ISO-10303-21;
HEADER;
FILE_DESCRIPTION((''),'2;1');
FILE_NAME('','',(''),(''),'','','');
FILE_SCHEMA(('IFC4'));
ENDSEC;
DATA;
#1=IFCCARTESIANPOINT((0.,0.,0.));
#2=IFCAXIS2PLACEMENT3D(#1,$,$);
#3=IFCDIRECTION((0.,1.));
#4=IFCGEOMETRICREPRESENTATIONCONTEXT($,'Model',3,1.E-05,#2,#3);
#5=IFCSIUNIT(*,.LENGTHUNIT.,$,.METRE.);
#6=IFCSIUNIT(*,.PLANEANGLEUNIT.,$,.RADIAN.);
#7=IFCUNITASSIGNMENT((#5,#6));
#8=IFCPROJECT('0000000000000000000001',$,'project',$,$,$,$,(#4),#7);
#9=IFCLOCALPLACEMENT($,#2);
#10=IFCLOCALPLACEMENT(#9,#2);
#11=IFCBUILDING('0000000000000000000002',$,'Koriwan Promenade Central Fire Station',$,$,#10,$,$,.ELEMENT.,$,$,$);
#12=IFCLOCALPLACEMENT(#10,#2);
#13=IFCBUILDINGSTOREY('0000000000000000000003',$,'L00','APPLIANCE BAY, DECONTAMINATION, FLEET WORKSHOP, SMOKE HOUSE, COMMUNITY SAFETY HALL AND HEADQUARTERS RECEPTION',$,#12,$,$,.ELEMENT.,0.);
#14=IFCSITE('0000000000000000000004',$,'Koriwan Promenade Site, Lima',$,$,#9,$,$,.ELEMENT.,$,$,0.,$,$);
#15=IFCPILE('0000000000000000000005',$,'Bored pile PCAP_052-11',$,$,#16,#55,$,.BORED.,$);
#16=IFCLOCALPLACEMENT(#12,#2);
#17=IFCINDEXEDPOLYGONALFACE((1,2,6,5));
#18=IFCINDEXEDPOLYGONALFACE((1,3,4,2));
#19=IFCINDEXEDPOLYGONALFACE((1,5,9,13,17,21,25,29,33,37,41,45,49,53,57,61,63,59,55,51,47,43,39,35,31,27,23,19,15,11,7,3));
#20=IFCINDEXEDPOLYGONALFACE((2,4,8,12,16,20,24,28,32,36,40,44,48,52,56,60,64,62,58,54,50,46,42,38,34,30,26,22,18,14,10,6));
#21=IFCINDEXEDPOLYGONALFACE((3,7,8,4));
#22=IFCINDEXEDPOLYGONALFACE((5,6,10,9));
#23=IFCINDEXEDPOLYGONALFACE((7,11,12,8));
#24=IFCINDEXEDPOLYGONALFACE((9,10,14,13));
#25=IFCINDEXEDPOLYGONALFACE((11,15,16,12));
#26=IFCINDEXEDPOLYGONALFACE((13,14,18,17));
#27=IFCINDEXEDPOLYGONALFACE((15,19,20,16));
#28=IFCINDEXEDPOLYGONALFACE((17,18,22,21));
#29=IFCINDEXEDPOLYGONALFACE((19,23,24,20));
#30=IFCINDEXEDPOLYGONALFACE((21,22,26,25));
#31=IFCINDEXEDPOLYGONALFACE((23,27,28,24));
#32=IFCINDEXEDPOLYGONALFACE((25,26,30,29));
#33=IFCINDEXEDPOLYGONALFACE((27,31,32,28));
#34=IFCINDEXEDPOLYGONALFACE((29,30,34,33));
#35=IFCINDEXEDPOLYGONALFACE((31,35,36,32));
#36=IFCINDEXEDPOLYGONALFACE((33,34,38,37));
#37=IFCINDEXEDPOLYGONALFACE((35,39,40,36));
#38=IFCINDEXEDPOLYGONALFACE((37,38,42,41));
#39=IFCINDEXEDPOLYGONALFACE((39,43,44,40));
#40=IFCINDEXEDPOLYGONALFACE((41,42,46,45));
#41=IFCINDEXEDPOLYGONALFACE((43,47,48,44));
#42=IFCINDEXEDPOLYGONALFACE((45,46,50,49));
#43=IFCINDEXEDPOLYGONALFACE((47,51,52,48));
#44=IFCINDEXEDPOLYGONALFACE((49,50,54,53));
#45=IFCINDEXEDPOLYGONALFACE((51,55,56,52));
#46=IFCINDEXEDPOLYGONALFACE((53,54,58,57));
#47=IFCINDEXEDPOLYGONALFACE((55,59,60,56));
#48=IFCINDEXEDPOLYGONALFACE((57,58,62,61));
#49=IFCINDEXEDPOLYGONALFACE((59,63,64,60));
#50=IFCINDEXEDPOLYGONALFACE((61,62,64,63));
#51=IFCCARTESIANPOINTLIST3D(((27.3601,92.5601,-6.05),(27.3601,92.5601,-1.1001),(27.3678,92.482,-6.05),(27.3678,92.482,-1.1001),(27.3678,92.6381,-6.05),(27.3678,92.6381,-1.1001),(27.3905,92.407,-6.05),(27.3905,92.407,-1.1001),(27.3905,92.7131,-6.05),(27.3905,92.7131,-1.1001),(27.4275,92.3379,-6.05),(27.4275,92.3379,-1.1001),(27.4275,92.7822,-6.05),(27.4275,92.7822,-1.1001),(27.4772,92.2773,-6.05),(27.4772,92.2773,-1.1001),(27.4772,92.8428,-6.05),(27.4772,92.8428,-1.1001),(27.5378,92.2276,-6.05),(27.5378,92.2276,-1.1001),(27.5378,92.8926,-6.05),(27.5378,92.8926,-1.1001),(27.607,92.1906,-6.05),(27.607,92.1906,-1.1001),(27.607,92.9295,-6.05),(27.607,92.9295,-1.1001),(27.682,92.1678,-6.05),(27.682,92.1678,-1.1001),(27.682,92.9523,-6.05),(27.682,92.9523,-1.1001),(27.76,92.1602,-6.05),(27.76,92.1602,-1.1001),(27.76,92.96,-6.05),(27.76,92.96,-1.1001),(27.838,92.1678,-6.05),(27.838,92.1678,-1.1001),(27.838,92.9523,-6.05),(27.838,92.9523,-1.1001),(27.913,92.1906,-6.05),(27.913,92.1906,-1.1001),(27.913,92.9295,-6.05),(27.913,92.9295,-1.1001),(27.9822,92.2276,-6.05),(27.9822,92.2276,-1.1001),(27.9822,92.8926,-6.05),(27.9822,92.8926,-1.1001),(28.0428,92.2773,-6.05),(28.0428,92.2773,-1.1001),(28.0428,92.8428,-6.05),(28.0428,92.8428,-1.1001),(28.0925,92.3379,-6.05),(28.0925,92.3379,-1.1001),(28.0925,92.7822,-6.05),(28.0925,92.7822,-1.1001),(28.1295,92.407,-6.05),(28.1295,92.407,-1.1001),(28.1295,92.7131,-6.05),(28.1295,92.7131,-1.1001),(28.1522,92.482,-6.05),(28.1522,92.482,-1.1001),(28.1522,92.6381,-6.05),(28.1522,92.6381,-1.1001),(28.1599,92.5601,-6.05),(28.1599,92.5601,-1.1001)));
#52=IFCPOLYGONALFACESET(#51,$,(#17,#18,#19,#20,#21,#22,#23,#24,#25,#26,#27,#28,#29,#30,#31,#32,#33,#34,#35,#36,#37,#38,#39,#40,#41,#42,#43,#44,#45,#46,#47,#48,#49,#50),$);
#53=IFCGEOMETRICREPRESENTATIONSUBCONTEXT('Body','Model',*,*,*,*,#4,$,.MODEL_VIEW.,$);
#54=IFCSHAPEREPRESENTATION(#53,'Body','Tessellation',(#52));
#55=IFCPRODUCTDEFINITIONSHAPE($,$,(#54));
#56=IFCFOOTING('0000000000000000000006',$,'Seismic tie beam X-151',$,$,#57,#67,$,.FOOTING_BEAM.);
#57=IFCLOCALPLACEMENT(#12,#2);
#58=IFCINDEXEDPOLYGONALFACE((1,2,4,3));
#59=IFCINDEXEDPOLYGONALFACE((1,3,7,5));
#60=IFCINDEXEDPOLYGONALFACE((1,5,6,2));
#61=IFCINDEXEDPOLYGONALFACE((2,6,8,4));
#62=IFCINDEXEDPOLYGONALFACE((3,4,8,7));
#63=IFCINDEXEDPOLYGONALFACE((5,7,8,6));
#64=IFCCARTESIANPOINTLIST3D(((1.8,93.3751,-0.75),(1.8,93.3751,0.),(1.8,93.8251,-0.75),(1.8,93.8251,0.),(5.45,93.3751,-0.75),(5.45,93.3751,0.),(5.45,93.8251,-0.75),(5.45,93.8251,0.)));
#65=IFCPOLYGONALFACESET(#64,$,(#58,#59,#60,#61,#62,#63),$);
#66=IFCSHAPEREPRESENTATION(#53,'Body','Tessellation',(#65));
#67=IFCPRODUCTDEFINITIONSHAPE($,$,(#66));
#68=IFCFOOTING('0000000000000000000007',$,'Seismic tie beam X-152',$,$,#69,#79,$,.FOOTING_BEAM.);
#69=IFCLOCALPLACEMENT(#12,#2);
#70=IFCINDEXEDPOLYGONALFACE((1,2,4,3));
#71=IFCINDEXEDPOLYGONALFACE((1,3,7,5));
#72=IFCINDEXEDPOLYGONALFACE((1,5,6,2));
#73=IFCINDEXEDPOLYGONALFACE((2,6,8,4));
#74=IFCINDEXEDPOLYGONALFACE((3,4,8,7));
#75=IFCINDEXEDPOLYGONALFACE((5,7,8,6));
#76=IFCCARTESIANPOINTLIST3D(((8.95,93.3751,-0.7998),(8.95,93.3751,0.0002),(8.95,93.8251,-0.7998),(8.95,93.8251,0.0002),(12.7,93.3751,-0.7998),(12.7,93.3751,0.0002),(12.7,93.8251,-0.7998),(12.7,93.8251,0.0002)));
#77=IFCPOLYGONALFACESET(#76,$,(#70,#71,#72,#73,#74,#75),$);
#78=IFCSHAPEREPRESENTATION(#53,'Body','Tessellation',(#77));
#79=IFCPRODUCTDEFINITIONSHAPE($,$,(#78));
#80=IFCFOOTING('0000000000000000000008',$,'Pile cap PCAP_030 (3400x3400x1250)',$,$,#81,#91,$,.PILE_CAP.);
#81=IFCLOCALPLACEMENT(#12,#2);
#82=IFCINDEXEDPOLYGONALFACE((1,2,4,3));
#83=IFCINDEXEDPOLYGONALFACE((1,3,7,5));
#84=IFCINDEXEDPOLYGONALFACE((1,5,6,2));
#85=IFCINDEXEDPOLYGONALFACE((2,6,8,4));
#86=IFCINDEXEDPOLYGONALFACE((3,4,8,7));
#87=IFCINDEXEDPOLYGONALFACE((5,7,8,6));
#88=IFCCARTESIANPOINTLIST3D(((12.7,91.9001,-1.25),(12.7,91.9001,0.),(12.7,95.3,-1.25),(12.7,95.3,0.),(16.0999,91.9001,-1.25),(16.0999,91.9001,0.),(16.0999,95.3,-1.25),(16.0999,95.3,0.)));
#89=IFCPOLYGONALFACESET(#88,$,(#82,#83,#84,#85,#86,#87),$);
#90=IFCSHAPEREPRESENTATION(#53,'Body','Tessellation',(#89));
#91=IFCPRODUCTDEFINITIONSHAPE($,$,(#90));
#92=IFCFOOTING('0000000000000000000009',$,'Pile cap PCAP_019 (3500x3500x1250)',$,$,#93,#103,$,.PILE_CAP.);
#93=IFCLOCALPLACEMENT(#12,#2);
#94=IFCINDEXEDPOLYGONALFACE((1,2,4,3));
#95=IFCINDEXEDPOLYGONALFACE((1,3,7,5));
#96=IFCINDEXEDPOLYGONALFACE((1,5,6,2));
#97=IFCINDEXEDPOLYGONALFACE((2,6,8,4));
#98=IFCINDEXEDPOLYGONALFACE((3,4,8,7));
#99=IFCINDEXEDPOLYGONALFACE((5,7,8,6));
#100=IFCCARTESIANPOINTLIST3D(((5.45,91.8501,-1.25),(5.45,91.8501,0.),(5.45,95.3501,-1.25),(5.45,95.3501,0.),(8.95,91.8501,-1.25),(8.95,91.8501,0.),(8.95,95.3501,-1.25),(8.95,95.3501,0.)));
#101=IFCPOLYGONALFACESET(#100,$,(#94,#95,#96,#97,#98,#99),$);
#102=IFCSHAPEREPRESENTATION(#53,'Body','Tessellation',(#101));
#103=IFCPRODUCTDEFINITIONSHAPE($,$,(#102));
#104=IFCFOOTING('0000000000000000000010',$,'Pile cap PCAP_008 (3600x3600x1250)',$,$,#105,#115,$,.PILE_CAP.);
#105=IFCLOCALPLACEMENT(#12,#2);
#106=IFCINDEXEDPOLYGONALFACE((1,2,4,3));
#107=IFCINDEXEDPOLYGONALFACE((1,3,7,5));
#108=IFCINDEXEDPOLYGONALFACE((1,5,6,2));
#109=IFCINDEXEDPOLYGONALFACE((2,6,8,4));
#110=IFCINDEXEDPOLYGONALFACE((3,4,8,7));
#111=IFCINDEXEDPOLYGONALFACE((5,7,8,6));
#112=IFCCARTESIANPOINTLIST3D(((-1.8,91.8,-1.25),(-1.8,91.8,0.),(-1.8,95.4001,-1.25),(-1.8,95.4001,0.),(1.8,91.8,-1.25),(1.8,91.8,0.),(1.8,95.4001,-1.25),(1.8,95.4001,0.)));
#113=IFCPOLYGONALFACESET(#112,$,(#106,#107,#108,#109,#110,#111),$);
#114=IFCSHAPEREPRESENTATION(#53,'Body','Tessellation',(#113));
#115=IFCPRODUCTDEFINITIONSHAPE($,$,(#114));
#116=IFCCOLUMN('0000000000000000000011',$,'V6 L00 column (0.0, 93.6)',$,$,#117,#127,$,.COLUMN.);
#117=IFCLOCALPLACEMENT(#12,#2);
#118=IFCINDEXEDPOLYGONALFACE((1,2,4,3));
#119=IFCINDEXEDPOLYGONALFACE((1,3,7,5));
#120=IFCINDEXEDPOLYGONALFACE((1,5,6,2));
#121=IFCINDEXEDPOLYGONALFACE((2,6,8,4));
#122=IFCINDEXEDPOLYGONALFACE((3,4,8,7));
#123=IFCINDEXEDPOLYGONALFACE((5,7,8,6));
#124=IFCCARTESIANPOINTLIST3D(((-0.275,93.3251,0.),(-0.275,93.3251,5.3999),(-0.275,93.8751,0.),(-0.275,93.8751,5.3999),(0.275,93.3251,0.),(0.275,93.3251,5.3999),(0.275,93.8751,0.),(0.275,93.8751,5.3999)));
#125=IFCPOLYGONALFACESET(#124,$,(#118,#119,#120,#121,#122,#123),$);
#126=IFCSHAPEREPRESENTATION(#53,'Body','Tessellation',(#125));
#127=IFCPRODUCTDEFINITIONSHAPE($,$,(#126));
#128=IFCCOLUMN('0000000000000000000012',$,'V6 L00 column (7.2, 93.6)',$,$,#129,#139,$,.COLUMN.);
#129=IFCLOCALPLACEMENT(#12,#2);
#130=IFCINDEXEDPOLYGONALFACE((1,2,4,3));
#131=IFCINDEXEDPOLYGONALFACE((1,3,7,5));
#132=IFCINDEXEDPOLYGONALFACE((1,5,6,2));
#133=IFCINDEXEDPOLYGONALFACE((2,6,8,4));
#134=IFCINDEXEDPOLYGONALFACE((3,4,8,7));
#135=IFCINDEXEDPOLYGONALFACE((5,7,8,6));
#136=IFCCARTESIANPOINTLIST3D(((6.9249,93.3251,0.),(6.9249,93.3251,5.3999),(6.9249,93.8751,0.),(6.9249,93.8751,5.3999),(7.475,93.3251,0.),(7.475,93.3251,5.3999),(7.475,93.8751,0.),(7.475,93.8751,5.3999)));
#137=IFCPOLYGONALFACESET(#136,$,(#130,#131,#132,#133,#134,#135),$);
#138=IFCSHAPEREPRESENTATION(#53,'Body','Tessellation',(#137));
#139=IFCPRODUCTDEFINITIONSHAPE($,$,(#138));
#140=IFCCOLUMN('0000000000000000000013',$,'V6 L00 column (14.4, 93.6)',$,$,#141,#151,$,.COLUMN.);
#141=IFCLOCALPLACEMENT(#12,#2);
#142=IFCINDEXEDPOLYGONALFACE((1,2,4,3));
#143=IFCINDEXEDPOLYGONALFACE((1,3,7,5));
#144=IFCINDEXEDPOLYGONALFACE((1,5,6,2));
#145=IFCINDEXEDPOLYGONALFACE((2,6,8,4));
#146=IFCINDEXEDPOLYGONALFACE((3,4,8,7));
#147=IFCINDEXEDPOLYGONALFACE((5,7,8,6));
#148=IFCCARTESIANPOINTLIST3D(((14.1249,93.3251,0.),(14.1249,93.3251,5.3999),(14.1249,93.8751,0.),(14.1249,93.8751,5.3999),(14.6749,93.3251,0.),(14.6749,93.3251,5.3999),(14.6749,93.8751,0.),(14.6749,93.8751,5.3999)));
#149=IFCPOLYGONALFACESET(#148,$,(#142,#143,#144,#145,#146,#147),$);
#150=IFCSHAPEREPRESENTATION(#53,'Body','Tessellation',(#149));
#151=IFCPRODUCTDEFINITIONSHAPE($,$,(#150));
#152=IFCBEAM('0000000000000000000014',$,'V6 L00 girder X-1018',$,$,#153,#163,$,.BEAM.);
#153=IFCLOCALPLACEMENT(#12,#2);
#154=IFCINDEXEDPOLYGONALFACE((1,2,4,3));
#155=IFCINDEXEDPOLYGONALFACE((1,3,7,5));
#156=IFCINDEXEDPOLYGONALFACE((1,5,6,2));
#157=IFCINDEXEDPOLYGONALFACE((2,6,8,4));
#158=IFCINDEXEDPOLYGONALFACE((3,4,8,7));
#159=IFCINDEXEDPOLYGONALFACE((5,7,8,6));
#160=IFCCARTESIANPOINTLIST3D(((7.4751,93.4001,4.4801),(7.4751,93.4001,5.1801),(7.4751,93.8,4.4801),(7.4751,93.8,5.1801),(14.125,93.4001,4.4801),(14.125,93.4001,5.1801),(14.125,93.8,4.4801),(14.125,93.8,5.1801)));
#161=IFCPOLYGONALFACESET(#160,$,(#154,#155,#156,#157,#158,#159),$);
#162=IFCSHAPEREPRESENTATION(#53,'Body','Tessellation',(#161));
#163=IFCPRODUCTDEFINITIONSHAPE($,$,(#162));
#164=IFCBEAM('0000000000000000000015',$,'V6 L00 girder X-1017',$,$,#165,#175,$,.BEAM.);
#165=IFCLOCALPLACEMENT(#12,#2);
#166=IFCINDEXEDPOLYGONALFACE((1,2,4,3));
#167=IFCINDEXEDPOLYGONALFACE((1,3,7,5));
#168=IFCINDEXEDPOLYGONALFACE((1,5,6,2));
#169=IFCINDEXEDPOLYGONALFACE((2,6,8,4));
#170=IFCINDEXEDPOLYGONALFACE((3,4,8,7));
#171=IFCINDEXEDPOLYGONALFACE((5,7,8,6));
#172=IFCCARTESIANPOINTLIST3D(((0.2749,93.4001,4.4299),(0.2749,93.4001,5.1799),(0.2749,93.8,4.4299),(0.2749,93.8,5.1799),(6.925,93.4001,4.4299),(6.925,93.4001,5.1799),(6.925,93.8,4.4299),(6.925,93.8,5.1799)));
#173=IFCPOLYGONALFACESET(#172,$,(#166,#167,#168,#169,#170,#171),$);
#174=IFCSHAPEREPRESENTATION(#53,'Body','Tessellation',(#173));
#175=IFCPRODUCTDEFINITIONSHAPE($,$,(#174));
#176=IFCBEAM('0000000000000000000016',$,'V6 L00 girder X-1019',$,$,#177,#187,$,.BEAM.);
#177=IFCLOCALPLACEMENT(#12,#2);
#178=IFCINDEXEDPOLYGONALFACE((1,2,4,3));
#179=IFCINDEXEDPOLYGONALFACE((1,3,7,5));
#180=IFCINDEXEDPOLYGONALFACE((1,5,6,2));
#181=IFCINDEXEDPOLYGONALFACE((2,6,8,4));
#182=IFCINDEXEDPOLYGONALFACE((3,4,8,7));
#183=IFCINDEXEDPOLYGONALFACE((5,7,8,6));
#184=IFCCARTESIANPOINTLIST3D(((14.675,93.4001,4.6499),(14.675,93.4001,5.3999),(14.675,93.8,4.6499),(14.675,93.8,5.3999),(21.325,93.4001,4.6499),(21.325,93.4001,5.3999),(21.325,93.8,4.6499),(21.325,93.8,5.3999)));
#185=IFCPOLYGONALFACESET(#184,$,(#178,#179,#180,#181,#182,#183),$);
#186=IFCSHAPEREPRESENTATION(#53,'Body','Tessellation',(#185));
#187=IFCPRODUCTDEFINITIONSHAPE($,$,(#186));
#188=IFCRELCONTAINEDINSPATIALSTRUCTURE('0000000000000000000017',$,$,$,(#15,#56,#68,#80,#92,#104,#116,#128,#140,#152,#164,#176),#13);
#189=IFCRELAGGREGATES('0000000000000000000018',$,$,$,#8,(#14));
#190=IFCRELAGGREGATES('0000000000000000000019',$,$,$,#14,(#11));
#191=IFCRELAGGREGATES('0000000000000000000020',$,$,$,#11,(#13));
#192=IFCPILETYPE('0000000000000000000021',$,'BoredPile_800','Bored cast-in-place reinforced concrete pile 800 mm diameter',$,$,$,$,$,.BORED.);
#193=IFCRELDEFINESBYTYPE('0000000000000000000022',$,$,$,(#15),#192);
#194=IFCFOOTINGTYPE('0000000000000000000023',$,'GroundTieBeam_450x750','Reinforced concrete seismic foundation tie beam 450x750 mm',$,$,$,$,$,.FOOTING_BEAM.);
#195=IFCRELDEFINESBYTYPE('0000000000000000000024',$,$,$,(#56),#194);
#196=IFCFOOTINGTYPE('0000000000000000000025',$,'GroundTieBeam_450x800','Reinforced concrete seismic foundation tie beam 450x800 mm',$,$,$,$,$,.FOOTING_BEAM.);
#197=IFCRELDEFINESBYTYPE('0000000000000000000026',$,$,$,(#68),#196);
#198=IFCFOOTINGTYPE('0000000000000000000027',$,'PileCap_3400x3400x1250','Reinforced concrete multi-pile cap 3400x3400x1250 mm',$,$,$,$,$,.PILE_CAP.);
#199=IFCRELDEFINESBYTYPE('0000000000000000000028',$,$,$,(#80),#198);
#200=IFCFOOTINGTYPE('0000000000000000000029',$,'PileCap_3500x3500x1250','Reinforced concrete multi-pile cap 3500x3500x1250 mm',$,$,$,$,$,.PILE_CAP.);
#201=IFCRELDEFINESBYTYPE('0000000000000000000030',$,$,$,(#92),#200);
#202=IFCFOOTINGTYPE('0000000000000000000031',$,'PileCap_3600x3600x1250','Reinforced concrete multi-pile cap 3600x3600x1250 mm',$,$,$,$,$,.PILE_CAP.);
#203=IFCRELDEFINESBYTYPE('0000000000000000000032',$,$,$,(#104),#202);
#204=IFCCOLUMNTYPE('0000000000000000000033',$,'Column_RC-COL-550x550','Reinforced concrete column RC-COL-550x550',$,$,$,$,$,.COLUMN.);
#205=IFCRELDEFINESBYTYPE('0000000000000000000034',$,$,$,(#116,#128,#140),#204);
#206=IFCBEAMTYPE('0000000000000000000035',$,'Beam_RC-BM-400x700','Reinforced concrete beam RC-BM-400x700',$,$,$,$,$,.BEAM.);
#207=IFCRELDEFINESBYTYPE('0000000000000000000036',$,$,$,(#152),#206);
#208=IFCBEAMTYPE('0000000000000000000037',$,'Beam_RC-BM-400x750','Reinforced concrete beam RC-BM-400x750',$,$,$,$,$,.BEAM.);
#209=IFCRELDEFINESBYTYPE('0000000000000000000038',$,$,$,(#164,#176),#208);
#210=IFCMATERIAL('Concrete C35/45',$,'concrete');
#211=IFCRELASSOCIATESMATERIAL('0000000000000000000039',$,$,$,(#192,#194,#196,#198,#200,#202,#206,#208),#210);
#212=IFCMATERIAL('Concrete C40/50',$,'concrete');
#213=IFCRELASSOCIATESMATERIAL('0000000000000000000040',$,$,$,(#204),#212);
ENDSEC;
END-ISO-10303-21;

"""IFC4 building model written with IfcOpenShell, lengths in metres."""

from ifc_helpers import new_model, si_unit, direction, frame, origin, origin_2d, place, context, subcontext, project, spatial, rectangle, circle, extrude, material, material_profile, profile_set, type_object, element, save


model = new_model("IFC4")

# Units and contexts
model_context = context("Model", 3, precision=1e-05, world=origin(), true_north=direction((0.0, 1.0)))
body_context = subcontext(model_context, "Body", "Model", "MODEL_VIEW")
ifc_project = project(units=[si_unit("LENGTHUNIT", "METRE"), si_unit("PLANEANGLEUNIT", "RADIAN")], contexts=[model_context])

# Site, building, storey
site_placement = place(None, origin())
site = spatial("IfcSite", under=ifc_project, at=site_placement, Name="Koriwan Promenade Site, Lima", CompositionType="ELEMENT", RefElevation=0.0)
building_placement = place(site_placement, origin())
building = spatial("IfcBuilding", under=site, at=building_placement, Name="Koriwan Promenade Central Fire Station", CompositionType="ELEMENT")
storey_placement = place(building_placement, origin())
storey = spatial("IfcBuildingStorey", under=building, at=storey_placement, Name="L00", Description="APPLIANCE BAY, DECONTAMINATION, FLEET WORKSHOP, SMOKE HOUSE, COMMUNITY SAFETY HALL AND HEADQUARTERS RECEPTION", CompositionType="ELEMENT", Elevation=0.0)

# Pile
ifc_material_1 = material(Name="Concrete C35/45", Category="concrete")
ifc_material_profile_1 = material_profile(ifc_material_1, circle(Radius=0.3999, at=origin_2d()), Name="PILE-D800")
ifc_profile_set_1 = profile_set([ifc_material_profile_1], Name="Concrete C35/45")
pile_type = type_object("IfcPileType", Name="BoredPile_800", Description="Bored cast-in-place reinforced concrete pile 800 mm diameter", PredefinedType="BORED", material=ifc_profile_set_1)
for number, where, z_axis, x_axis, name in (
    (1, (27.76, 92.5601, -1.1001), (0.0, 0.0, -1.0), (1.0, 0.0, 0.0), "Bored pile PCAP_052-11"),
):
    element("IfcPile", number, at=place(storey_placement, frame(where, z_axis=z_axis, x_axis=x_axis)), inside=storey, type_object=pile_type, Name=name, PredefinedType="BORED", context=body_context, shape_type="SweptSolid", body=[
        extrude(circle(Radius=0.3999, at=origin_2d()), origin(), (0.0, 0.0, 1.0), 4.95),
    ])

# Footings
footing_type_1 = type_object("IfcFootingType", Name="GroundTieBeam_450x750", Description="Reinforced concrete seismic foundation tie beam 450x750 mm", PredefinedType="FOOTING_BEAM", material=ifc_material_1)
footing_1_placement = place(storey_placement, frame((3.625, 93.6001, -0.75), z_axis=(0.0, 0.0, 1.0), x_axis=(1.0, 0.0, 0.0)))
element("IfcFooting", 2, at=footing_1_placement, inside=storey, type_object=footing_type_1, Name="Seismic tie beam X-151", PredefinedType="FOOTING_BEAM", context=body_context, shape_type="SweptSolid", body=[
    extrude(rectangle(XDim=3.6499, YDim=0.45, at=origin_2d()), origin(), (0.0, 0.0, 1.0), 0.75),
])
footing_type_2 = type_object("IfcFootingType", Name="GroundTieBeam_450x800", Description="Reinforced concrete seismic foundation tie beam 450x800 mm", PredefinedType="FOOTING_BEAM", material=ifc_material_1)
footing_2_placement = place(storey_placement, frame((10.825, 93.6001, -0.7998), z_axis=(0.0, 0.0, 1.0), x_axis=(1.0, 0.0, 0.0)))
element("IfcFooting", 3, at=footing_2_placement, inside=storey, type_object=footing_type_2, Name="Seismic tie beam X-152", PredefinedType="FOOTING_BEAM", context=body_context, shape_type="SweptSolid", body=[
    extrude(rectangle(XDim=3.75, YDim=0.45, at=origin_2d()), origin(), (0.0, 0.0, 1.0), 0.8),
])
footing_type_3 = type_object("IfcFootingType", Name="PileCap_3400x3400x1250", Description="Reinforced concrete multi-pile cap 3400x3400x1250 mm", PredefinedType="PILE_CAP", material=ifc_material_1)
footing_3_placement = place(storey_placement, frame((14.3999, 93.6001, -1.25), z_axis=(0.0, 0.0, 1.0), x_axis=(1.0, 0.0, 0.0)))
element("IfcFooting", 4, at=footing_3_placement, inside=storey, type_object=footing_type_3, Name="Pile cap PCAP_030 (3400x3400x1250)", PredefinedType="PILE_CAP", context=body_context, shape_type="SweptSolid", body=[
    extrude(rectangle(XDim=3.3999, YDim=3.3999, at=origin_2d()), origin(), (0.0, 0.0, 1.0), 1.25),
])
footing_type_4 = type_object("IfcFootingType", Name="PileCap_3500x3500x1250", Description="Reinforced concrete multi-pile cap 3500x3500x1250 mm", PredefinedType="PILE_CAP", material=ifc_material_1)
footing_4_placement = place(storey_placement, frame((7.2, 93.6001, -1.25), z_axis=(0.0, 0.0, 1.0), x_axis=(1.0, 0.0, 0.0)))
element("IfcFooting", 5, at=footing_4_placement, inside=storey, type_object=footing_type_4, Name="Pile cap PCAP_019 (3500x3500x1250)", PredefinedType="PILE_CAP", context=body_context, shape_type="SweptSolid", body=[
    extrude(rectangle(XDim=3.5, YDim=3.5, at=origin_2d()), origin(), (0.0, 0.0, 1.0), 1.25),
])
footing_type_5 = type_object("IfcFootingType", Name="PileCap_3600x3600x1250", Description="Reinforced concrete multi-pile cap 3600x3600x1250 mm", PredefinedType="PILE_CAP", material=ifc_material_1)
footing_5_placement = place(storey_placement, frame((0.0, 93.6001, -1.25), z_axis=(0.0, 0.0, 1.0), x_axis=(1.0, 0.0, 0.0)))
element("IfcFooting", 6, at=footing_5_placement, inside=storey, type_object=footing_type_5, Name="Pile cap PCAP_008 (3600x3600x1250)", PredefinedType="PILE_CAP", context=body_context, shape_type="SweptSolid", body=[
    extrude(rectangle(XDim=3.6001, YDim=3.6001, at=origin_2d()), origin(), (0.0, 0.0, 1.0), 1.25),
])

# Columns
ifc_material_2 = material(Name="Concrete C40/50", Category="concrete")
ifc_material_profile_2 = material_profile(ifc_material_2, rectangle(XDim=0.55, YDim=0.55, at=origin_2d()), Name="RC-COL-550x550")
ifc_profile_set_2 = profile_set([ifc_material_profile_2], Name="Concrete C40/50")
column_type = type_object("IfcColumnType", Name="Column_RC-COL-550x550", Description="Reinforced concrete column RC-COL-550x550", PredefinedType="COLUMN", material=ifc_profile_set_2)
for number, where, z_axis, x_axis, name in (
    (7, (0.0, 93.6001, 0.0), (0.0, 0.0, 1.0), (1.0, 0.0, 0.0), "V6 L00 column (0.0, 93.6)"),
    (8, (7.2, 93.6001, 0.0), (0.0, 0.0, 1.0), (1.0, 0.0, 0.0), "V6 L00 column (7.2, 93.6)"),
    (9, (14.3999, 93.6001, 0.0), (0.0, 0.0, 1.0), (1.0, 0.0, 0.0), "V6 L00 column (14.4, 93.6)"),
):
    element("IfcColumn", number, at=place(storey_placement, frame(where, z_axis=z_axis, x_axis=x_axis)), inside=storey, type_object=column_type, Name=name, PredefinedType="COLUMN", context=body_context, shape_type="SweptSolid", body=[
        extrude(rectangle(XDim=0.55, YDim=0.55, at=origin_2d()), origin(), (0.0, 0.0, 1.0), 5.3999),
    ])

# Beams
ifc_material_profile_3 = material_profile(ifc_material_1, rectangle(XDim=0.3999, YDim=0.7, at=origin_2d()), Name="RC-BM-400x700")
ifc_profile_set_3 = profile_set([ifc_material_profile_3], Name="Concrete C35/45")
beam_type_1 = type_object("IfcBeamType", Name="Beam_RC-BM-400x700", Description="Reinforced concrete beam RC-BM-400x700", PredefinedType="BEAM", material=ifc_profile_set_3)
beam_1_placement = place(storey_placement, frame((7.4751, 93.6001, 4.8301), z_axis=(1.0, 0.0, 0.0), x_axis=(0.0, 1.0, 0.0)))
element("IfcBeam", 10, at=beam_1_placement, inside=storey, type_object=beam_type_1, Name="V6 L00 girder X-1018", PredefinedType="BEAM", context=body_context, shape_type="SweptSolid", body=[
    extrude(rectangle(XDim=0.3999, YDim=0.7, at=origin_2d()), origin(), (0.0, 0.0, 1.0), 6.6499),
])
ifc_material_profile_4 = material_profile(ifc_material_1, rectangle(XDim=0.3999, YDim=0.75, at=origin_2d()), Name="RC-BM-400x750")
ifc_profile_set_4 = profile_set([ifc_material_profile_4], Name="Concrete C35/45")
beam_type_2 = type_object("IfcBeamType", Name="Beam_RC-BM-400x750", Description="Reinforced concrete beam RC-BM-400x750", PredefinedType="BEAM", material=ifc_profile_set_4)
beam_2_placement = place(storey_placement, frame((0.2749, 93.6001, 4.8049), z_axis=(1.0, 0.0, 0.0), x_axis=(0.0, 1.0, 0.0)))
element("IfcBeam", 11, at=beam_2_placement, inside=storey, type_object=beam_type_2, Name="V6 L00 girder X-1017", PredefinedType="BEAM", context=body_context, shape_type="SweptSolid", body=[
    extrude(rectangle(XDim=0.3999, YDim=0.75, at=origin_2d()), origin(), (0.0, 0.0, 1.0), 6.6501),
])
beam_3_placement = place(storey_placement, frame((14.675, 93.6001, 5.0249), z_axis=(1.0, 0.0, 0.0), x_axis=(0.0, 1.0, 0.0)))
element("IfcBeam", 12, at=beam_3_placement, inside=storey, type_object=beam_type_2, Name="V6 L00 girder X-1019", PredefinedType="BEAM", context=body_context, shape_type="SweptSolid", body=[
    extrude(rectangle(XDim=0.3999, YDim=0.75, at=origin_2d()), origin(), (0.0, 0.0, 1.0), 6.6499),
])

save(model, "model.ifc")
